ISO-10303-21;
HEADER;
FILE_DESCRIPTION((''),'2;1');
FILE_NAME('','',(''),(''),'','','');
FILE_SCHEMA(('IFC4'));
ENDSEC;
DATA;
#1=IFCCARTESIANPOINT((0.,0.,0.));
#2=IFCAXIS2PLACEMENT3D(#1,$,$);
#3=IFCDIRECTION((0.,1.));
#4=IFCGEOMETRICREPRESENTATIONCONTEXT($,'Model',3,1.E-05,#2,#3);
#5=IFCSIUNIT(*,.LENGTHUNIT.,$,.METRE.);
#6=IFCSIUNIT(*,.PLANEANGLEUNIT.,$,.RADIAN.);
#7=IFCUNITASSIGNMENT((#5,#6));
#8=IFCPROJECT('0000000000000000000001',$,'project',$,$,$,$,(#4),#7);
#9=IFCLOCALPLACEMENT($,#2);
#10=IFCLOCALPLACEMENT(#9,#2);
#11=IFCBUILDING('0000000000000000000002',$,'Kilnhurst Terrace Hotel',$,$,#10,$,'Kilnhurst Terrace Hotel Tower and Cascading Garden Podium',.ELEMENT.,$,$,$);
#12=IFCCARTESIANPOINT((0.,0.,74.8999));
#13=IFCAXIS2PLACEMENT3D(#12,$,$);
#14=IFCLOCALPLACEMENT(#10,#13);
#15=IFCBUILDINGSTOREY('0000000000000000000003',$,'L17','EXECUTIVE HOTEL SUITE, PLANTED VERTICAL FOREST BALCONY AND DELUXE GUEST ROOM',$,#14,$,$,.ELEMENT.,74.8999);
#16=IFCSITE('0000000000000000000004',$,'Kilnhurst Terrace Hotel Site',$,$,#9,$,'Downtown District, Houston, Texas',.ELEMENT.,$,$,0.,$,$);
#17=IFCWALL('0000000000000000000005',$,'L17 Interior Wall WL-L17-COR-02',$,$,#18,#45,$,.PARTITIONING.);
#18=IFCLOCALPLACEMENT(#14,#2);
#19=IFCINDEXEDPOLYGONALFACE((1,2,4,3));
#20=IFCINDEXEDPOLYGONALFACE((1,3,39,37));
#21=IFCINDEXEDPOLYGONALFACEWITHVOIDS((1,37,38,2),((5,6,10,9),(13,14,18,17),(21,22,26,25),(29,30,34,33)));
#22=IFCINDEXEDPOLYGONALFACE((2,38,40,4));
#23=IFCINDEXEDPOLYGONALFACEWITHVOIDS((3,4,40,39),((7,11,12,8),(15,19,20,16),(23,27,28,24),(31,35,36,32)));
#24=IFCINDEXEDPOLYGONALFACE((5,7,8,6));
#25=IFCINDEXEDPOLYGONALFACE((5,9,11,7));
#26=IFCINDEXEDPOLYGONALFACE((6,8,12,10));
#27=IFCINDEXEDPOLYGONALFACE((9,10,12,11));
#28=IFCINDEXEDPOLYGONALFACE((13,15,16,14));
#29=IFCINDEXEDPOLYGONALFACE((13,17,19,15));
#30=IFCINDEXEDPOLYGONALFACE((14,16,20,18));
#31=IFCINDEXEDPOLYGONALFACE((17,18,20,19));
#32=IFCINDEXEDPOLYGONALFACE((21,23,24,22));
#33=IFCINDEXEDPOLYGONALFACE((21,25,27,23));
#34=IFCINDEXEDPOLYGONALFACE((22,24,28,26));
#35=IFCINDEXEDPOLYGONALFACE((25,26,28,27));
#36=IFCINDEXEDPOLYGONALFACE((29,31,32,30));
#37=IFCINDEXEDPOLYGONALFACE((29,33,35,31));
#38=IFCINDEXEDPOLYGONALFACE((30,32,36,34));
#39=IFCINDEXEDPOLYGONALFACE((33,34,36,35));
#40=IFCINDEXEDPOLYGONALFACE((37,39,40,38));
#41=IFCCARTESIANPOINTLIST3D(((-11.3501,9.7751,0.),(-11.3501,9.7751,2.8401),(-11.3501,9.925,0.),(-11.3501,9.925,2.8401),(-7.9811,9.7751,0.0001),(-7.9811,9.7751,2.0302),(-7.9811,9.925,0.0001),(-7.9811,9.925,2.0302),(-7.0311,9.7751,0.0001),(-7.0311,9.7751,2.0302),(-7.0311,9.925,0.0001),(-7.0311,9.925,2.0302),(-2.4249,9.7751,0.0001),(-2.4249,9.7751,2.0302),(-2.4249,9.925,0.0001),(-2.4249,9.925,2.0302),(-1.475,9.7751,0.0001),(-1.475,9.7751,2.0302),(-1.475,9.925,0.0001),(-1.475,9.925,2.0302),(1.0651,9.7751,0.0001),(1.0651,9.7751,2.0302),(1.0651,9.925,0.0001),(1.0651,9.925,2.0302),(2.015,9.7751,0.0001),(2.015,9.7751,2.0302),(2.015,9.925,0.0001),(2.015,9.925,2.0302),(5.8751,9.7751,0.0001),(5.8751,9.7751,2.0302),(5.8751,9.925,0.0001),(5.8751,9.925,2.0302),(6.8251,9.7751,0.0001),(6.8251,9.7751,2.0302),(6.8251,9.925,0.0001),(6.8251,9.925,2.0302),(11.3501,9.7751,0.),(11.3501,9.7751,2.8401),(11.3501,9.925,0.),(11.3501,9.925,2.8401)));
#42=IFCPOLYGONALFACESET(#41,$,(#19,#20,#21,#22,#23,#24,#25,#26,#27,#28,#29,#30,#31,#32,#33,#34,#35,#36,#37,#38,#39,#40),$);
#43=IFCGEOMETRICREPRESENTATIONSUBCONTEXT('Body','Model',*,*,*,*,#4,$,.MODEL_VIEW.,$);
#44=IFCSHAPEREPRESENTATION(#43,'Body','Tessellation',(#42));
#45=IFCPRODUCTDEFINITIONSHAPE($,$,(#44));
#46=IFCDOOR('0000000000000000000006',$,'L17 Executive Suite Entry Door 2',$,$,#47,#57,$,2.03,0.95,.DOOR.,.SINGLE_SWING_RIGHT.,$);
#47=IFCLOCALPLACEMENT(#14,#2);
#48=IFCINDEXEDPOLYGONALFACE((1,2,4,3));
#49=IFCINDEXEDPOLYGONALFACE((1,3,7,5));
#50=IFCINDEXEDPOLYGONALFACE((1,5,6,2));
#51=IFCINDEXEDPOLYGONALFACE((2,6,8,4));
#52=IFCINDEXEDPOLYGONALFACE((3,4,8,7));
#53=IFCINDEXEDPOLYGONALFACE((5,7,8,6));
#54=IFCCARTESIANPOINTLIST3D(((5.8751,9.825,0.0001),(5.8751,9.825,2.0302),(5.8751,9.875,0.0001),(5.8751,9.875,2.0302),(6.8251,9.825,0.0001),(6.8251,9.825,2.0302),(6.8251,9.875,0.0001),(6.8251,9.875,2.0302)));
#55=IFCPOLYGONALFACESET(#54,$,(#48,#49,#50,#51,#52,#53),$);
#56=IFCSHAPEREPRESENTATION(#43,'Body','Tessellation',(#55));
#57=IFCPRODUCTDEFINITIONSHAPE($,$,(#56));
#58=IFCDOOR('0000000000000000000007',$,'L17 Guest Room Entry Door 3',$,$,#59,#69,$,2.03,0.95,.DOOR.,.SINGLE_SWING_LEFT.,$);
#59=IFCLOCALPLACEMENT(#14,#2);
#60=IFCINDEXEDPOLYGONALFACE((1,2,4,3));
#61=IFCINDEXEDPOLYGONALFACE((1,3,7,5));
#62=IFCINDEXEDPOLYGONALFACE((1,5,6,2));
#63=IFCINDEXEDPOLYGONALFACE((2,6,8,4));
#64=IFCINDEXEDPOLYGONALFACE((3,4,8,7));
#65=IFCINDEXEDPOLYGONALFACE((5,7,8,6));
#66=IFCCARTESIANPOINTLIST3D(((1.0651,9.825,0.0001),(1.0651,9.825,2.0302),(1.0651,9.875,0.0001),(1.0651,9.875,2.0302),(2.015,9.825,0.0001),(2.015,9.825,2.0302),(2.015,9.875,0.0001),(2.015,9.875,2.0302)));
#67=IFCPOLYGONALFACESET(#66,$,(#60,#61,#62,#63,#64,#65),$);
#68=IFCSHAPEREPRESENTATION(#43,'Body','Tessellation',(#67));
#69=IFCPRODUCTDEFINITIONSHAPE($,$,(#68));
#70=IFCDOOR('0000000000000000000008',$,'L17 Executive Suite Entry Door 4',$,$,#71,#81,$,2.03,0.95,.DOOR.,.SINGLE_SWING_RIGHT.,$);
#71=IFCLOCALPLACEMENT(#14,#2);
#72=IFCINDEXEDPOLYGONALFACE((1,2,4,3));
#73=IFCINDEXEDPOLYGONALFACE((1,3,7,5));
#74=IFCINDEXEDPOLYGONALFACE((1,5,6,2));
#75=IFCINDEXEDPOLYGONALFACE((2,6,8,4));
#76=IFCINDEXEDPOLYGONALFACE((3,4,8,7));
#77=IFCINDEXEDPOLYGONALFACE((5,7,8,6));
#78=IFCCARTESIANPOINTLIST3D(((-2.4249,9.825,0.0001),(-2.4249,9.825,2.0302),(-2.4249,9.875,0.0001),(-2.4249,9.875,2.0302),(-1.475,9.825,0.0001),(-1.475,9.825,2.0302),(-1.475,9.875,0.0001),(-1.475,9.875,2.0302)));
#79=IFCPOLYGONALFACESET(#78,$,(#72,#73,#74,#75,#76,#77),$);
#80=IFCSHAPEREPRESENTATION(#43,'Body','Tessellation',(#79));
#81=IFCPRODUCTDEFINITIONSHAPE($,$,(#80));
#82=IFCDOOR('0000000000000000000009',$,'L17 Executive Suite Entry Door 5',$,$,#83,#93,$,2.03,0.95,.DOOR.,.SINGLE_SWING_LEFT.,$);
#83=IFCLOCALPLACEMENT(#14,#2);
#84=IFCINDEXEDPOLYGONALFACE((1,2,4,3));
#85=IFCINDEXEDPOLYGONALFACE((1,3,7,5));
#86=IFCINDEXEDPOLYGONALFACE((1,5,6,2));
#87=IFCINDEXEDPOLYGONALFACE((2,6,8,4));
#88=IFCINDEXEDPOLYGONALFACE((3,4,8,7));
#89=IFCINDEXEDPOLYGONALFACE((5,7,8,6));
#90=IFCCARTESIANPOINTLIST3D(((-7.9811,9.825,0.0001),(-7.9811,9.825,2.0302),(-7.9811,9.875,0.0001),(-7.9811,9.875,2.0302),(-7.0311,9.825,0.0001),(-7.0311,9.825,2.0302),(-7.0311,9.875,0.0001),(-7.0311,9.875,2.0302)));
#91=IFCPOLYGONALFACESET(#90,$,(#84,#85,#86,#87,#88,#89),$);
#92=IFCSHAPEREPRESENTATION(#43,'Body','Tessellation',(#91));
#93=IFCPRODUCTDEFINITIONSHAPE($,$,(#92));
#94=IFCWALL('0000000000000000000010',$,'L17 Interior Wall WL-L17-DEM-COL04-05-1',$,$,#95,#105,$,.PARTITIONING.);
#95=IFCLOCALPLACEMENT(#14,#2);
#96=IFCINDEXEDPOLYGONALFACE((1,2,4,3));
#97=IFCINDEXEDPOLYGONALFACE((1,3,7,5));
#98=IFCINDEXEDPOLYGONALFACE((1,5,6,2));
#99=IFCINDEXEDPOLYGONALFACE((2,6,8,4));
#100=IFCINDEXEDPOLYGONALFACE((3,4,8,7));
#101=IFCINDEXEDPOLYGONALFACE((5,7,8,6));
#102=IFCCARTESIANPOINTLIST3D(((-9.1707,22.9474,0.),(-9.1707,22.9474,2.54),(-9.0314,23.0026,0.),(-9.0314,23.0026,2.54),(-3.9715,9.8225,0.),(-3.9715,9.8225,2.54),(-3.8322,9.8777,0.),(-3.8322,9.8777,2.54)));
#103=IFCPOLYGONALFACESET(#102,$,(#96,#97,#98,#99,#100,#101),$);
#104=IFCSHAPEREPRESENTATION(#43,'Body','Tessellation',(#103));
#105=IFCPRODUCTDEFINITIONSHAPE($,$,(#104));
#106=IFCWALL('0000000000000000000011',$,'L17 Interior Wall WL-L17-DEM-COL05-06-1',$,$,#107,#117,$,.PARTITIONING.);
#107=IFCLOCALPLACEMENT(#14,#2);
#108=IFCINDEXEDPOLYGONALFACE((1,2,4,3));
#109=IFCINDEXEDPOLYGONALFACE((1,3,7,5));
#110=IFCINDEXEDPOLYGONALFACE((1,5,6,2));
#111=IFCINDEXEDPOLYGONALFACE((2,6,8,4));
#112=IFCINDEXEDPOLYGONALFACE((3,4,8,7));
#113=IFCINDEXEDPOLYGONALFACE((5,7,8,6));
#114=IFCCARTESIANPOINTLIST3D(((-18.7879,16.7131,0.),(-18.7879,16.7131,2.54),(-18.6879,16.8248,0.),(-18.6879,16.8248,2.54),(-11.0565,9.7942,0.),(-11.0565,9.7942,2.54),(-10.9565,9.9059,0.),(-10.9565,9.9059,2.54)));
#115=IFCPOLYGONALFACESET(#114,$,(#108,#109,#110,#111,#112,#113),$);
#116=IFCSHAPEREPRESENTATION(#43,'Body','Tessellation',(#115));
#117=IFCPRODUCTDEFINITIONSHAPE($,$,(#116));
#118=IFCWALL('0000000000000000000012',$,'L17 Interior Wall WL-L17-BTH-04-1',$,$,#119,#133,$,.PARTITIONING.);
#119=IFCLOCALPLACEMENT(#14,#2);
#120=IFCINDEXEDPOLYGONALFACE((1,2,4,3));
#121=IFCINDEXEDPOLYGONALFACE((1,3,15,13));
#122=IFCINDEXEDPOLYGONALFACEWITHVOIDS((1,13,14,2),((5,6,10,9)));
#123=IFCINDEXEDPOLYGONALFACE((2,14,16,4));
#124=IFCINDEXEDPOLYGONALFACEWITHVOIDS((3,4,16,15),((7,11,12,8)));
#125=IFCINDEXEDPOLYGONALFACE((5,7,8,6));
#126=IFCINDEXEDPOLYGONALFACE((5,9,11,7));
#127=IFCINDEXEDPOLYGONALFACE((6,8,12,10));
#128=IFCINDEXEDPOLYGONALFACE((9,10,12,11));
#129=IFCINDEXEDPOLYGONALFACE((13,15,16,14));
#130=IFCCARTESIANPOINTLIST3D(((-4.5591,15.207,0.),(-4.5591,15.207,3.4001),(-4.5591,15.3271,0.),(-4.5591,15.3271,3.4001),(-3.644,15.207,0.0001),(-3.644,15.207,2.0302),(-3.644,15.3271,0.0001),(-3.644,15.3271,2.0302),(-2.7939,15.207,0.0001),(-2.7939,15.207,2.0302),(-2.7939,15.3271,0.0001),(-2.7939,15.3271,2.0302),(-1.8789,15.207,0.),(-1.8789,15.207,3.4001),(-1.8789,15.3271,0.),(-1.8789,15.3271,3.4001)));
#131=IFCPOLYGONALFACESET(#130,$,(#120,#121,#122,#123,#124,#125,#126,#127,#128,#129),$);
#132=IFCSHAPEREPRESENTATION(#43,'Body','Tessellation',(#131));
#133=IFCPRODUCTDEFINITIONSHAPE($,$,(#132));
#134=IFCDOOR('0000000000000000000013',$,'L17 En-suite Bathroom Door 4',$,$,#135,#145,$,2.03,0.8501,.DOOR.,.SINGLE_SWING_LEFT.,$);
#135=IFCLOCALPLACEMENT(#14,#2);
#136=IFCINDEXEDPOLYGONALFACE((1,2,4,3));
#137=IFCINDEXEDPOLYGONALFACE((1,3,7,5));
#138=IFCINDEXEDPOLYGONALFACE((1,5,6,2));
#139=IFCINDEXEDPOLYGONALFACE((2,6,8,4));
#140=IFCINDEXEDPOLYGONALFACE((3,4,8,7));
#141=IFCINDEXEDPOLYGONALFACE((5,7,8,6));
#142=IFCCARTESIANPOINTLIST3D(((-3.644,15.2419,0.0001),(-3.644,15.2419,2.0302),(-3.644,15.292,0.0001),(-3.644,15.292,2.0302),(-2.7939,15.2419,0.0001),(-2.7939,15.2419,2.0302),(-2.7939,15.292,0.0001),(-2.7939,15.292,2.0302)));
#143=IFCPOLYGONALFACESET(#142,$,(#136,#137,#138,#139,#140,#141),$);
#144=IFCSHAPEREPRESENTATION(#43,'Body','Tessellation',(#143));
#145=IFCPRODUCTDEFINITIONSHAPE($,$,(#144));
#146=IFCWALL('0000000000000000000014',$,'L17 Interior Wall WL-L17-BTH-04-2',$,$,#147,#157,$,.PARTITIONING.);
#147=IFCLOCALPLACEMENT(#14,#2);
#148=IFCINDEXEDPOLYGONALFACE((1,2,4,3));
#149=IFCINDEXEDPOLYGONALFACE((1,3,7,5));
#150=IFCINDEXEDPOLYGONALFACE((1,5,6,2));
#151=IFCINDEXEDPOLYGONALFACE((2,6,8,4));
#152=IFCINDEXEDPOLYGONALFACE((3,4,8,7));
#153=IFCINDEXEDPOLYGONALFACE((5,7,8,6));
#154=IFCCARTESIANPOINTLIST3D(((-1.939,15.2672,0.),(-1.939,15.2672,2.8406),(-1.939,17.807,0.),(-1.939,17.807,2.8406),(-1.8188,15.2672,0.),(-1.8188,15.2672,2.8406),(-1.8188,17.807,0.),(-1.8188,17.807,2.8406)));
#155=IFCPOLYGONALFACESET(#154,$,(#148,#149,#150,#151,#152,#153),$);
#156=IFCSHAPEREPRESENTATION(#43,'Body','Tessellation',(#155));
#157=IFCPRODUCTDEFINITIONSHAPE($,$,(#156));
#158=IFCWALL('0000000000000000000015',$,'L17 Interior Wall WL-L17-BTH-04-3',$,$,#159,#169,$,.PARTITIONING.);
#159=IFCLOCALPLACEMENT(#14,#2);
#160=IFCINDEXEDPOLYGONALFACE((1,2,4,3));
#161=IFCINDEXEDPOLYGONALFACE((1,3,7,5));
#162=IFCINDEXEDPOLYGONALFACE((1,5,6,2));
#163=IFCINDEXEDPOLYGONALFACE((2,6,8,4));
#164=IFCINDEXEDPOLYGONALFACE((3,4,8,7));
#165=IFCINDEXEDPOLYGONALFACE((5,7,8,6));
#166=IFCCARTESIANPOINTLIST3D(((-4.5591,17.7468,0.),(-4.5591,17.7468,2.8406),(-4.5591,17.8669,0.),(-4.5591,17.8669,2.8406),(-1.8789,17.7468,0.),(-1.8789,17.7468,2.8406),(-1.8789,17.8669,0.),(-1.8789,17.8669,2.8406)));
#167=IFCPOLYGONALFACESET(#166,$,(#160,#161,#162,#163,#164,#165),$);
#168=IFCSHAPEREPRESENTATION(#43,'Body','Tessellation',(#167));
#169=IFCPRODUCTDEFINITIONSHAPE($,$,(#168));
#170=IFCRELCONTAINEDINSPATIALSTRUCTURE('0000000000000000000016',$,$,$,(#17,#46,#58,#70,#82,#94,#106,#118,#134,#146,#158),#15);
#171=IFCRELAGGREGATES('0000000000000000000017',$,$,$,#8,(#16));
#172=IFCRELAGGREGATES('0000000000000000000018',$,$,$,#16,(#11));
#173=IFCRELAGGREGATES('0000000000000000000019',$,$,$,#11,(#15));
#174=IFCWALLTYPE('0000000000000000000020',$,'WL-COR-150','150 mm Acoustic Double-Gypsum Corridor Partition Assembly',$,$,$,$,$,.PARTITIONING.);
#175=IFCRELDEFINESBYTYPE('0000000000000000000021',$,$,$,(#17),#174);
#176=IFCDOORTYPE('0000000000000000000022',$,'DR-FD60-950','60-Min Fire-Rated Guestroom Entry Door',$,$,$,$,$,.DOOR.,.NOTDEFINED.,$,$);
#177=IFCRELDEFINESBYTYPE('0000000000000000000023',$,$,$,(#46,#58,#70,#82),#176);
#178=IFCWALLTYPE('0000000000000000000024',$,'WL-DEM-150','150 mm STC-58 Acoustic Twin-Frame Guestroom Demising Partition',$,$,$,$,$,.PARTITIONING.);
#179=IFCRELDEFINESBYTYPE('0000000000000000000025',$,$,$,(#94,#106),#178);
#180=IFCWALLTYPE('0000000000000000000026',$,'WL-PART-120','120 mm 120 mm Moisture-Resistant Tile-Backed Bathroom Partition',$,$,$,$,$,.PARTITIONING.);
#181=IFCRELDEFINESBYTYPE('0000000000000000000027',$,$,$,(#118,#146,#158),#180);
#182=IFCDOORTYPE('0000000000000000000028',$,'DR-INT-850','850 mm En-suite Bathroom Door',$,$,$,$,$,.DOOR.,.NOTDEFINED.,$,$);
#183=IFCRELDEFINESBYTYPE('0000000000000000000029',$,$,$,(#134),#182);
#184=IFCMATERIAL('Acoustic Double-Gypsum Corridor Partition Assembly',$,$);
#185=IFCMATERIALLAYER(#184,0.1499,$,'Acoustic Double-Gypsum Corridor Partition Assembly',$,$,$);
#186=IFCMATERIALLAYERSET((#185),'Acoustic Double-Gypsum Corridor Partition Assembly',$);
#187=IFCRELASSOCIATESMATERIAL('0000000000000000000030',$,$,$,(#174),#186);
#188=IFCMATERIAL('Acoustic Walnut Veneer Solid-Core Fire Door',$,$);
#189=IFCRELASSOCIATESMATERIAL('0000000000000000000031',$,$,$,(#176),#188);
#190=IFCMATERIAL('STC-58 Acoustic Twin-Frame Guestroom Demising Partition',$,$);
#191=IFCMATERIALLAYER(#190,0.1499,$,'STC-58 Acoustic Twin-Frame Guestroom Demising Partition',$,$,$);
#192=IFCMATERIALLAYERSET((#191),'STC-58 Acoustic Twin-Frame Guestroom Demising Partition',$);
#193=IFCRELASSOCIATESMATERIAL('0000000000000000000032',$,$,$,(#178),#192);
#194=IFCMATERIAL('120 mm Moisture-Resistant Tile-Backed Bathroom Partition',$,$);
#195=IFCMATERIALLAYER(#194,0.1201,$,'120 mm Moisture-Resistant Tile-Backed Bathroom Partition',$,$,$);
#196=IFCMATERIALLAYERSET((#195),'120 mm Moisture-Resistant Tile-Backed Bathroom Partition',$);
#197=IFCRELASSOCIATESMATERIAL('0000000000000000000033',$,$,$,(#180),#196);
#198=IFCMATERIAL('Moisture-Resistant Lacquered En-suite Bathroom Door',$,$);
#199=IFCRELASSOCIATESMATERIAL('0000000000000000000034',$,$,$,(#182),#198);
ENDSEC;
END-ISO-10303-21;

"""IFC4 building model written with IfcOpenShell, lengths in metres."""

from ifc_helpers import new_model, si_unit, direction, frame, frame_2d, origin, place, context, subcontext, project, spatial, rectangle, extrude, material, layer, layer_set, type_object, element, fill, save


model = new_model("IFC4")

# Units and contexts
model_context = context("Model", 3, precision=1e-05, world=origin(), true_north=direction((0.0, 1.0)))
body_context = subcontext(model_context, "Body", "Model", "MODEL_VIEW")
ifc_project = project(units=[si_unit("LENGTHUNIT", "METRE"), si_unit("PLANEANGLEUNIT", "RADIAN")], contexts=[model_context])

# Site, building, storey
site_placement = place(None, origin())
site = spatial("IfcSite", under=ifc_project, at=site_placement, Name="Kilnhurst Terrace Hotel Site", LongName="Downtown District, Houston, Texas", CompositionType="ELEMENT", RefElevation=0.0)
building_placement = place(site_placement, origin())
building = spatial("IfcBuilding", under=site, at=building_placement, Name="Kilnhurst Terrace Hotel", LongName="Kilnhurst Terrace Hotel Tower and Cascading Garden Podium", CompositionType="ELEMENT")
storey_placement = place(building_placement, frame((0.0, 0.0, 74.8999)))
storey = spatial("IfcBuildingStorey", under=building, at=storey_placement, Name="L17", Description="EXECUTIVE HOTEL SUITE, PLANTED VERTICAL FOREST BALCONY AND DELUXE GUEST ROOM", CompositionType="ELEMENT", Elevation=74.8999)

# Wall, openings, doors
ifc_material_1 = material(Name="Acoustic Double-Gypsum Corridor Partition Assembly")
ifc_layer_1 = layer(ifc_material_1, 0.1499, Name="Acoustic Double-Gypsum Corridor Partition Assembly")
ifc_layer_set_1 = layer_set([ifc_layer_1], Name="Acoustic Double-Gypsum Corridor Partition Assembly")
wall_type_1 = type_object("IfcWallType", Name="WL-COR-150", Description="150 mm Acoustic Double-Gypsum Corridor Partition Assembly", PredefinedType="PARTITIONING", material=ifc_layer_set_1)
wall_1_placement = place(storey_placement, frame((-11.3501, 9.8501, 0.0), z_axis=(0.0, 0.0, 1.0), x_axis=(1.0, 0.0, 0.0)))
wall_1 = element("IfcWall", 1, at=wall_1_placement, inside=storey, type_object=wall_type_1, Name="L17 Interior Wall WL-L17-COR-02", PredefinedType="PARTITIONING", context=body_context, shape_type="SweptSolid", body=[
    extrude(rectangle(XDim=22.7002, YDim=0.1499, at=frame_2d((11.3501, 0.0))), origin(), (0.0, 0.0, 1.0), 2.8401),
])
opening_1_placement = place(wall_1_placement, frame((17.2251, 0.0, 0.0)))
opening_1 = element("IfcOpeningElement", 2, at=opening_1_placement, cuts=wall_1, PredefinedType="OPENING", context=body_context, shape_type="SweptSolid", body=[
    extrude(rectangle(XDim=0.95, YDim=2.03, at=frame_2d((0.4751, 1.0151))), frame((0.0, 0.085, 0.0), z_axis=(0.0, -1.0, 0.0), x_axis=(1.0, 0.0, 0.0)), (0.0, 0.0, 1.0), 0.1699),
])
opening_2_placement = place(wall_1_placement, frame((12.415, 0.0, 0.0)))
opening_2 = element("IfcOpeningElement", 3, at=opening_2_placement, cuts=wall_1, PredefinedType="OPENING", context=body_context, shape_type="SweptSolid", body=[
    extrude(rectangle(XDim=0.95, YDim=2.03, at=frame_2d((0.4751, 1.0151))), frame((0.0, 0.085, 0.0), z_axis=(0.0, -1.0, 0.0), x_axis=(1.0, 0.0, 0.0)), (0.0, 0.0, 1.0), 0.1699),
])
opening_3_placement = place(wall_1_placement, frame((8.925, 0.0, 0.0)))
opening_3 = element("IfcOpeningElement", 4, at=opening_3_placement, cuts=wall_1, PredefinedType="OPENING", context=body_context, shape_type="SweptSolid", body=[
    extrude(rectangle(XDim=0.95, YDim=2.03, at=frame_2d((0.4751, 1.0151))), frame((0.0, 0.085, 0.0), z_axis=(0.0, -1.0, 0.0), x_axis=(1.0, 0.0, 0.0)), (0.0, 0.0, 1.0), 0.1699),
])
opening_4_placement = place(wall_1_placement, frame((3.3689, 0.0, 0.0)))
opening_4 = element("IfcOpeningElement", 5, at=opening_4_placement, cuts=wall_1, PredefinedType="OPENING", context=body_context, shape_type="SweptSolid", body=[
    extrude(rectangle(XDim=0.95, YDim=2.03, at=frame_2d((0.4751, 1.0151))), frame((0.0, 0.085, 0.0), z_axis=(0.0, -1.0, 0.0), x_axis=(1.0, 0.0, 0.0)), (0.0, 0.0, 1.0), 0.1699),
])
ifc_material_2 = material(Name="Acoustic Walnut Veneer Solid-Core Fire Door")
door_type_1 = type_object("IfcDoorType", Name="DR-FD60-950", Description="60-Min Fire-Rated Guestroom Entry Door", OperationType="NOTDEFINED", PredefinedType="DOOR", material=ifc_material_2)
door_1_placement = place(opening_1_placement, origin())
door_1 = element("IfcDoor", 6, at=door_1_placement, inside=storey, type_object=door_type_1, Name="L17 Executive Suite Entry Door 2", OperationType="SINGLE_SWING_RIGHT", OverallHeight=2.03, OverallWidth=0.95, PredefinedType="DOOR", context=body_context, shape_type="SweptSolid", body=[
    extrude(rectangle(XDim=0.95, YDim=2.03, at=frame_2d((0.4751, 1.0151))), frame((0.0, 0.0249, 0.0), z_axis=(0.0, -1.0, 0.0), x_axis=(1.0, 0.0, 0.0)), (0.0, 0.0, 1.0), 0.05),
])
fill(opening_1, door_1)
door_2_placement = place(opening_2_placement, origin())
door_2 = element("IfcDoor", 7, at=door_2_placement, inside=storey, type_object=door_type_1, Name="L17 Guest Room Entry Door 3", OperationType="SINGLE_SWING_LEFT", OverallHeight=2.03, OverallWidth=0.95, PredefinedType="DOOR", context=body_context, shape_type="SweptSolid", body=[
    extrude(rectangle(XDim=0.95, YDim=2.03, at=frame_2d((0.4751, 1.0151))), frame((0.0, 0.0249, 0.0), z_axis=(0.0, -1.0, 0.0), x_axis=(1.0, 0.0, 0.0)), (0.0, 0.0, 1.0), 0.05),
])
fill(opening_2, door_2)
door_3_placement = place(opening_3_placement, origin())
door_3 = element("IfcDoor", 8, at=door_3_placement, inside=storey, type_object=door_type_1, Name="L17 Executive Suite Entry Door 4", OperationType="SINGLE_SWING_RIGHT", OverallHeight=2.03, OverallWidth=0.95, PredefinedType="DOOR", context=body_context, shape_type="SweptSolid", body=[
    extrude(rectangle(XDim=0.95, YDim=2.03, at=frame_2d((0.4751, 1.0151))), frame((0.0, 0.0249, 0.0), z_axis=(0.0, -1.0, 0.0), x_axis=(1.0, 0.0, 0.0)), (0.0, 0.0, 1.0), 0.05),
])
fill(opening_3, door_3)
door_4_placement = place(opening_4_placement, origin())
door_4 = element("IfcDoor", 9, at=door_4_placement, inside=storey, type_object=door_type_1, Name="L17 Executive Suite Entry Door 5", OperationType="SINGLE_SWING_LEFT", OverallHeight=2.03, OverallWidth=0.95, PredefinedType="DOOR", context=body_context, shape_type="SweptSolid", body=[
    extrude(rectangle(XDim=0.95, YDim=2.03, at=frame_2d((0.4751, 1.0151))), frame((0.0, 0.0249, 0.0), z_axis=(0.0, -1.0, 0.0), x_axis=(1.0, 0.0, 0.0)), (0.0, 0.0, 1.0), 0.05),
])
fill(opening_4, door_4)

# Walls
ifc_material_3 = material(Name="STC-58 Acoustic Twin-Frame Guestroom Demising Partition")
ifc_layer_2 = layer(ifc_material_3, 0.1499, Name="STC-58 Acoustic Twin-Frame Guestroom Demising Partition")
ifc_layer_set_2 = layer_set([ifc_layer_2], Name="STC-58 Acoustic Twin-Frame Guestroom Demising Partition")
wall_type_2 = type_object("IfcWallType", Name="WL-DEM-150", Description="150 mm STC-58 Acoustic Twin-Frame Guestroom Demising Partition", PredefinedType="PARTITIONING", material=ifc_layer_set_2)
wall_2_placement = place(storey_placement, frame((-3.9019, 9.8501, 0.0), z_axis=(0.0, 0.0, 1.0), x_axis=(-0.368288, 0.929712, 0.0)))
element("IfcWall", 10, at=wall_2_placement, inside=storey, type_object=wall_type_2, Name="L17 Interior Wall WL-L17-DEM-COL04-05-1", PredefinedType="PARTITIONING", context=body_context, shape_type="SweptSolid", body=[
    extrude(rectangle(XDim=14.1172, YDim=0.1499, at=frame_2d((7.0586, 0.0))), origin(), (0.0, 0.0, 1.0), 2.54),
])
wall_3_placement = place(storey_placement, frame((-11.0066, 9.8501, 0.0), z_axis=(0.0, 0.0, 1.0), x_axis=(-0.745177, 0.666866, 0.0)))
element("IfcWall", 11, at=wall_3_placement, inside=storey, type_object=wall_type_2, Name="L17 Interior Wall WL-L17-DEM-COL05-06-1", PredefinedType="PARTITIONING", context=body_context, shape_type="SweptSolid", body=[
    extrude(rectangle(XDim=10.3752, YDim=0.1499, at=frame_2d((5.1875, 0.0))), origin(), (0.0, 0.0, 1.0), 2.54),
])

# Wall, opening, door
ifc_material_4 = material(Name="120 mm Moisture-Resistant Tile-Backed Bathroom Partition")
ifc_layer_3 = layer(ifc_material_4, 0.1201, Name="120 mm Moisture-Resistant Tile-Backed Bathroom Partition")
ifc_layer_set_3 = layer_set([ifc_layer_3], Name="120 mm Moisture-Resistant Tile-Backed Bathroom Partition")
wall_type_3 = type_object("IfcWallType", Name="WL-PART-120", Description="120 mm 120 mm Moisture-Resistant Tile-Backed Bathroom Partition", PredefinedType="PARTITIONING", material=ifc_layer_set_3)
wall_4_placement = place(storey_placement, frame((-4.5591, 15.2671, 0.0), z_axis=(0.0, 0.0, 1.0), x_axis=(1.0, 0.0, 0.0)))
wall_4 = element("IfcWall", 12, at=wall_4_placement, inside=storey, type_object=wall_type_3, Name="L17 Interior Wall WL-L17-BTH-04-1", PredefinedType="PARTITIONING", context=body_context, shape_type="SweptSolid", body=[
    extrude(rectangle(XDim=2.6802, YDim=0.1201, at=frame_2d((1.3401, 0.0))), origin(), (0.0, 0.0, 1.0), 3.4001),
])
opening_5_placement = place(wall_4_placement, frame((0.915, 0.0, 0.0)))
opening_5 = element("IfcOpeningElement", 13, at=opening_5_placement, cuts=wall_4, PredefinedType="OPENING", context=body_context, shape_type="SweptSolid", body=[
    extrude(rectangle(XDim=0.8501, YDim=2.03, at=frame_2d((0.425, 1.0151))), frame((0.0, 0.0701, 0.0), z_axis=(0.0, -1.0, 0.0), x_axis=(1.0, 0.0, 0.0)), (0.0, 0.0, 1.0), 0.1401),
])
ifc_material_5 = material(Name="Moisture-Resistant Lacquered En-suite Bathroom Door")
door_type_2 = type_object("IfcDoorType", Name="DR-INT-850", Description="850 mm En-suite Bathroom Door", OperationType="NOTDEFINED", PredefinedType="DOOR", material=ifc_material_5)
door_5_placement = place(opening_5_placement, origin())
door_5 = element("IfcDoor", 14, at=door_5_placement, inside=storey, type_object=door_type_2, Name="L17 En-suite Bathroom Door 4", OperationType="SINGLE_SWING_LEFT", OverallHeight=2.03, OverallWidth=0.8501, PredefinedType="DOOR", context=body_context, shape_type="SweptSolid", body=[
    extrude(rectangle(XDim=0.8501, YDim=2.03, at=frame_2d((0.425, 1.0151))), frame((0.0, 0.0249, 0.0), z_axis=(0.0, -1.0, 0.0), x_axis=(1.0, 0.0, 0.0)), (0.0, 0.0, 1.0), 0.05),
])
fill(opening_5, door_5)

# Walls
wall_5_placement = place(storey_placement, frame((-1.8789, 15.2671, 0.0), z_axis=(0.0, 0.0, 1.0), x_axis=(0.0, 1.0, 0.0)))
element("IfcWall", 15, at=wall_5_placement, inside=storey, type_object=wall_type_3, Name="L17 Interior Wall WL-L17-BTH-04-2", PredefinedType="PARTITIONING", context=body_context, shape_type="SweptSolid", body=[
    extrude(rectangle(XDim=2.5398, YDim=0.1201, at=frame_2d((1.27, 0.0))), origin(), (0.0, 0.0, 1.0), 2.8406),
])
wall_6_placement = place(storey_placement, frame((-1.8789, 17.8069, 0.0), z_axis=(0.0, 0.0, 1.0), x_axis=(-1.0, 0.0, 0.0)))
element("IfcWall", 16, at=wall_6_placement, inside=storey, type_object=wall_type_3, Name="L17 Interior Wall WL-L17-BTH-04-3", PredefinedType="PARTITIONING", context=body_context, shape_type="SweptSolid", body=[
    extrude(rectangle(XDim=2.6802, YDim=0.1201, at=frame_2d((1.3401, 0.0))), origin(), (0.0, 0.0, 1.0), 2.8406),
])

save(model, "model.ifc")
